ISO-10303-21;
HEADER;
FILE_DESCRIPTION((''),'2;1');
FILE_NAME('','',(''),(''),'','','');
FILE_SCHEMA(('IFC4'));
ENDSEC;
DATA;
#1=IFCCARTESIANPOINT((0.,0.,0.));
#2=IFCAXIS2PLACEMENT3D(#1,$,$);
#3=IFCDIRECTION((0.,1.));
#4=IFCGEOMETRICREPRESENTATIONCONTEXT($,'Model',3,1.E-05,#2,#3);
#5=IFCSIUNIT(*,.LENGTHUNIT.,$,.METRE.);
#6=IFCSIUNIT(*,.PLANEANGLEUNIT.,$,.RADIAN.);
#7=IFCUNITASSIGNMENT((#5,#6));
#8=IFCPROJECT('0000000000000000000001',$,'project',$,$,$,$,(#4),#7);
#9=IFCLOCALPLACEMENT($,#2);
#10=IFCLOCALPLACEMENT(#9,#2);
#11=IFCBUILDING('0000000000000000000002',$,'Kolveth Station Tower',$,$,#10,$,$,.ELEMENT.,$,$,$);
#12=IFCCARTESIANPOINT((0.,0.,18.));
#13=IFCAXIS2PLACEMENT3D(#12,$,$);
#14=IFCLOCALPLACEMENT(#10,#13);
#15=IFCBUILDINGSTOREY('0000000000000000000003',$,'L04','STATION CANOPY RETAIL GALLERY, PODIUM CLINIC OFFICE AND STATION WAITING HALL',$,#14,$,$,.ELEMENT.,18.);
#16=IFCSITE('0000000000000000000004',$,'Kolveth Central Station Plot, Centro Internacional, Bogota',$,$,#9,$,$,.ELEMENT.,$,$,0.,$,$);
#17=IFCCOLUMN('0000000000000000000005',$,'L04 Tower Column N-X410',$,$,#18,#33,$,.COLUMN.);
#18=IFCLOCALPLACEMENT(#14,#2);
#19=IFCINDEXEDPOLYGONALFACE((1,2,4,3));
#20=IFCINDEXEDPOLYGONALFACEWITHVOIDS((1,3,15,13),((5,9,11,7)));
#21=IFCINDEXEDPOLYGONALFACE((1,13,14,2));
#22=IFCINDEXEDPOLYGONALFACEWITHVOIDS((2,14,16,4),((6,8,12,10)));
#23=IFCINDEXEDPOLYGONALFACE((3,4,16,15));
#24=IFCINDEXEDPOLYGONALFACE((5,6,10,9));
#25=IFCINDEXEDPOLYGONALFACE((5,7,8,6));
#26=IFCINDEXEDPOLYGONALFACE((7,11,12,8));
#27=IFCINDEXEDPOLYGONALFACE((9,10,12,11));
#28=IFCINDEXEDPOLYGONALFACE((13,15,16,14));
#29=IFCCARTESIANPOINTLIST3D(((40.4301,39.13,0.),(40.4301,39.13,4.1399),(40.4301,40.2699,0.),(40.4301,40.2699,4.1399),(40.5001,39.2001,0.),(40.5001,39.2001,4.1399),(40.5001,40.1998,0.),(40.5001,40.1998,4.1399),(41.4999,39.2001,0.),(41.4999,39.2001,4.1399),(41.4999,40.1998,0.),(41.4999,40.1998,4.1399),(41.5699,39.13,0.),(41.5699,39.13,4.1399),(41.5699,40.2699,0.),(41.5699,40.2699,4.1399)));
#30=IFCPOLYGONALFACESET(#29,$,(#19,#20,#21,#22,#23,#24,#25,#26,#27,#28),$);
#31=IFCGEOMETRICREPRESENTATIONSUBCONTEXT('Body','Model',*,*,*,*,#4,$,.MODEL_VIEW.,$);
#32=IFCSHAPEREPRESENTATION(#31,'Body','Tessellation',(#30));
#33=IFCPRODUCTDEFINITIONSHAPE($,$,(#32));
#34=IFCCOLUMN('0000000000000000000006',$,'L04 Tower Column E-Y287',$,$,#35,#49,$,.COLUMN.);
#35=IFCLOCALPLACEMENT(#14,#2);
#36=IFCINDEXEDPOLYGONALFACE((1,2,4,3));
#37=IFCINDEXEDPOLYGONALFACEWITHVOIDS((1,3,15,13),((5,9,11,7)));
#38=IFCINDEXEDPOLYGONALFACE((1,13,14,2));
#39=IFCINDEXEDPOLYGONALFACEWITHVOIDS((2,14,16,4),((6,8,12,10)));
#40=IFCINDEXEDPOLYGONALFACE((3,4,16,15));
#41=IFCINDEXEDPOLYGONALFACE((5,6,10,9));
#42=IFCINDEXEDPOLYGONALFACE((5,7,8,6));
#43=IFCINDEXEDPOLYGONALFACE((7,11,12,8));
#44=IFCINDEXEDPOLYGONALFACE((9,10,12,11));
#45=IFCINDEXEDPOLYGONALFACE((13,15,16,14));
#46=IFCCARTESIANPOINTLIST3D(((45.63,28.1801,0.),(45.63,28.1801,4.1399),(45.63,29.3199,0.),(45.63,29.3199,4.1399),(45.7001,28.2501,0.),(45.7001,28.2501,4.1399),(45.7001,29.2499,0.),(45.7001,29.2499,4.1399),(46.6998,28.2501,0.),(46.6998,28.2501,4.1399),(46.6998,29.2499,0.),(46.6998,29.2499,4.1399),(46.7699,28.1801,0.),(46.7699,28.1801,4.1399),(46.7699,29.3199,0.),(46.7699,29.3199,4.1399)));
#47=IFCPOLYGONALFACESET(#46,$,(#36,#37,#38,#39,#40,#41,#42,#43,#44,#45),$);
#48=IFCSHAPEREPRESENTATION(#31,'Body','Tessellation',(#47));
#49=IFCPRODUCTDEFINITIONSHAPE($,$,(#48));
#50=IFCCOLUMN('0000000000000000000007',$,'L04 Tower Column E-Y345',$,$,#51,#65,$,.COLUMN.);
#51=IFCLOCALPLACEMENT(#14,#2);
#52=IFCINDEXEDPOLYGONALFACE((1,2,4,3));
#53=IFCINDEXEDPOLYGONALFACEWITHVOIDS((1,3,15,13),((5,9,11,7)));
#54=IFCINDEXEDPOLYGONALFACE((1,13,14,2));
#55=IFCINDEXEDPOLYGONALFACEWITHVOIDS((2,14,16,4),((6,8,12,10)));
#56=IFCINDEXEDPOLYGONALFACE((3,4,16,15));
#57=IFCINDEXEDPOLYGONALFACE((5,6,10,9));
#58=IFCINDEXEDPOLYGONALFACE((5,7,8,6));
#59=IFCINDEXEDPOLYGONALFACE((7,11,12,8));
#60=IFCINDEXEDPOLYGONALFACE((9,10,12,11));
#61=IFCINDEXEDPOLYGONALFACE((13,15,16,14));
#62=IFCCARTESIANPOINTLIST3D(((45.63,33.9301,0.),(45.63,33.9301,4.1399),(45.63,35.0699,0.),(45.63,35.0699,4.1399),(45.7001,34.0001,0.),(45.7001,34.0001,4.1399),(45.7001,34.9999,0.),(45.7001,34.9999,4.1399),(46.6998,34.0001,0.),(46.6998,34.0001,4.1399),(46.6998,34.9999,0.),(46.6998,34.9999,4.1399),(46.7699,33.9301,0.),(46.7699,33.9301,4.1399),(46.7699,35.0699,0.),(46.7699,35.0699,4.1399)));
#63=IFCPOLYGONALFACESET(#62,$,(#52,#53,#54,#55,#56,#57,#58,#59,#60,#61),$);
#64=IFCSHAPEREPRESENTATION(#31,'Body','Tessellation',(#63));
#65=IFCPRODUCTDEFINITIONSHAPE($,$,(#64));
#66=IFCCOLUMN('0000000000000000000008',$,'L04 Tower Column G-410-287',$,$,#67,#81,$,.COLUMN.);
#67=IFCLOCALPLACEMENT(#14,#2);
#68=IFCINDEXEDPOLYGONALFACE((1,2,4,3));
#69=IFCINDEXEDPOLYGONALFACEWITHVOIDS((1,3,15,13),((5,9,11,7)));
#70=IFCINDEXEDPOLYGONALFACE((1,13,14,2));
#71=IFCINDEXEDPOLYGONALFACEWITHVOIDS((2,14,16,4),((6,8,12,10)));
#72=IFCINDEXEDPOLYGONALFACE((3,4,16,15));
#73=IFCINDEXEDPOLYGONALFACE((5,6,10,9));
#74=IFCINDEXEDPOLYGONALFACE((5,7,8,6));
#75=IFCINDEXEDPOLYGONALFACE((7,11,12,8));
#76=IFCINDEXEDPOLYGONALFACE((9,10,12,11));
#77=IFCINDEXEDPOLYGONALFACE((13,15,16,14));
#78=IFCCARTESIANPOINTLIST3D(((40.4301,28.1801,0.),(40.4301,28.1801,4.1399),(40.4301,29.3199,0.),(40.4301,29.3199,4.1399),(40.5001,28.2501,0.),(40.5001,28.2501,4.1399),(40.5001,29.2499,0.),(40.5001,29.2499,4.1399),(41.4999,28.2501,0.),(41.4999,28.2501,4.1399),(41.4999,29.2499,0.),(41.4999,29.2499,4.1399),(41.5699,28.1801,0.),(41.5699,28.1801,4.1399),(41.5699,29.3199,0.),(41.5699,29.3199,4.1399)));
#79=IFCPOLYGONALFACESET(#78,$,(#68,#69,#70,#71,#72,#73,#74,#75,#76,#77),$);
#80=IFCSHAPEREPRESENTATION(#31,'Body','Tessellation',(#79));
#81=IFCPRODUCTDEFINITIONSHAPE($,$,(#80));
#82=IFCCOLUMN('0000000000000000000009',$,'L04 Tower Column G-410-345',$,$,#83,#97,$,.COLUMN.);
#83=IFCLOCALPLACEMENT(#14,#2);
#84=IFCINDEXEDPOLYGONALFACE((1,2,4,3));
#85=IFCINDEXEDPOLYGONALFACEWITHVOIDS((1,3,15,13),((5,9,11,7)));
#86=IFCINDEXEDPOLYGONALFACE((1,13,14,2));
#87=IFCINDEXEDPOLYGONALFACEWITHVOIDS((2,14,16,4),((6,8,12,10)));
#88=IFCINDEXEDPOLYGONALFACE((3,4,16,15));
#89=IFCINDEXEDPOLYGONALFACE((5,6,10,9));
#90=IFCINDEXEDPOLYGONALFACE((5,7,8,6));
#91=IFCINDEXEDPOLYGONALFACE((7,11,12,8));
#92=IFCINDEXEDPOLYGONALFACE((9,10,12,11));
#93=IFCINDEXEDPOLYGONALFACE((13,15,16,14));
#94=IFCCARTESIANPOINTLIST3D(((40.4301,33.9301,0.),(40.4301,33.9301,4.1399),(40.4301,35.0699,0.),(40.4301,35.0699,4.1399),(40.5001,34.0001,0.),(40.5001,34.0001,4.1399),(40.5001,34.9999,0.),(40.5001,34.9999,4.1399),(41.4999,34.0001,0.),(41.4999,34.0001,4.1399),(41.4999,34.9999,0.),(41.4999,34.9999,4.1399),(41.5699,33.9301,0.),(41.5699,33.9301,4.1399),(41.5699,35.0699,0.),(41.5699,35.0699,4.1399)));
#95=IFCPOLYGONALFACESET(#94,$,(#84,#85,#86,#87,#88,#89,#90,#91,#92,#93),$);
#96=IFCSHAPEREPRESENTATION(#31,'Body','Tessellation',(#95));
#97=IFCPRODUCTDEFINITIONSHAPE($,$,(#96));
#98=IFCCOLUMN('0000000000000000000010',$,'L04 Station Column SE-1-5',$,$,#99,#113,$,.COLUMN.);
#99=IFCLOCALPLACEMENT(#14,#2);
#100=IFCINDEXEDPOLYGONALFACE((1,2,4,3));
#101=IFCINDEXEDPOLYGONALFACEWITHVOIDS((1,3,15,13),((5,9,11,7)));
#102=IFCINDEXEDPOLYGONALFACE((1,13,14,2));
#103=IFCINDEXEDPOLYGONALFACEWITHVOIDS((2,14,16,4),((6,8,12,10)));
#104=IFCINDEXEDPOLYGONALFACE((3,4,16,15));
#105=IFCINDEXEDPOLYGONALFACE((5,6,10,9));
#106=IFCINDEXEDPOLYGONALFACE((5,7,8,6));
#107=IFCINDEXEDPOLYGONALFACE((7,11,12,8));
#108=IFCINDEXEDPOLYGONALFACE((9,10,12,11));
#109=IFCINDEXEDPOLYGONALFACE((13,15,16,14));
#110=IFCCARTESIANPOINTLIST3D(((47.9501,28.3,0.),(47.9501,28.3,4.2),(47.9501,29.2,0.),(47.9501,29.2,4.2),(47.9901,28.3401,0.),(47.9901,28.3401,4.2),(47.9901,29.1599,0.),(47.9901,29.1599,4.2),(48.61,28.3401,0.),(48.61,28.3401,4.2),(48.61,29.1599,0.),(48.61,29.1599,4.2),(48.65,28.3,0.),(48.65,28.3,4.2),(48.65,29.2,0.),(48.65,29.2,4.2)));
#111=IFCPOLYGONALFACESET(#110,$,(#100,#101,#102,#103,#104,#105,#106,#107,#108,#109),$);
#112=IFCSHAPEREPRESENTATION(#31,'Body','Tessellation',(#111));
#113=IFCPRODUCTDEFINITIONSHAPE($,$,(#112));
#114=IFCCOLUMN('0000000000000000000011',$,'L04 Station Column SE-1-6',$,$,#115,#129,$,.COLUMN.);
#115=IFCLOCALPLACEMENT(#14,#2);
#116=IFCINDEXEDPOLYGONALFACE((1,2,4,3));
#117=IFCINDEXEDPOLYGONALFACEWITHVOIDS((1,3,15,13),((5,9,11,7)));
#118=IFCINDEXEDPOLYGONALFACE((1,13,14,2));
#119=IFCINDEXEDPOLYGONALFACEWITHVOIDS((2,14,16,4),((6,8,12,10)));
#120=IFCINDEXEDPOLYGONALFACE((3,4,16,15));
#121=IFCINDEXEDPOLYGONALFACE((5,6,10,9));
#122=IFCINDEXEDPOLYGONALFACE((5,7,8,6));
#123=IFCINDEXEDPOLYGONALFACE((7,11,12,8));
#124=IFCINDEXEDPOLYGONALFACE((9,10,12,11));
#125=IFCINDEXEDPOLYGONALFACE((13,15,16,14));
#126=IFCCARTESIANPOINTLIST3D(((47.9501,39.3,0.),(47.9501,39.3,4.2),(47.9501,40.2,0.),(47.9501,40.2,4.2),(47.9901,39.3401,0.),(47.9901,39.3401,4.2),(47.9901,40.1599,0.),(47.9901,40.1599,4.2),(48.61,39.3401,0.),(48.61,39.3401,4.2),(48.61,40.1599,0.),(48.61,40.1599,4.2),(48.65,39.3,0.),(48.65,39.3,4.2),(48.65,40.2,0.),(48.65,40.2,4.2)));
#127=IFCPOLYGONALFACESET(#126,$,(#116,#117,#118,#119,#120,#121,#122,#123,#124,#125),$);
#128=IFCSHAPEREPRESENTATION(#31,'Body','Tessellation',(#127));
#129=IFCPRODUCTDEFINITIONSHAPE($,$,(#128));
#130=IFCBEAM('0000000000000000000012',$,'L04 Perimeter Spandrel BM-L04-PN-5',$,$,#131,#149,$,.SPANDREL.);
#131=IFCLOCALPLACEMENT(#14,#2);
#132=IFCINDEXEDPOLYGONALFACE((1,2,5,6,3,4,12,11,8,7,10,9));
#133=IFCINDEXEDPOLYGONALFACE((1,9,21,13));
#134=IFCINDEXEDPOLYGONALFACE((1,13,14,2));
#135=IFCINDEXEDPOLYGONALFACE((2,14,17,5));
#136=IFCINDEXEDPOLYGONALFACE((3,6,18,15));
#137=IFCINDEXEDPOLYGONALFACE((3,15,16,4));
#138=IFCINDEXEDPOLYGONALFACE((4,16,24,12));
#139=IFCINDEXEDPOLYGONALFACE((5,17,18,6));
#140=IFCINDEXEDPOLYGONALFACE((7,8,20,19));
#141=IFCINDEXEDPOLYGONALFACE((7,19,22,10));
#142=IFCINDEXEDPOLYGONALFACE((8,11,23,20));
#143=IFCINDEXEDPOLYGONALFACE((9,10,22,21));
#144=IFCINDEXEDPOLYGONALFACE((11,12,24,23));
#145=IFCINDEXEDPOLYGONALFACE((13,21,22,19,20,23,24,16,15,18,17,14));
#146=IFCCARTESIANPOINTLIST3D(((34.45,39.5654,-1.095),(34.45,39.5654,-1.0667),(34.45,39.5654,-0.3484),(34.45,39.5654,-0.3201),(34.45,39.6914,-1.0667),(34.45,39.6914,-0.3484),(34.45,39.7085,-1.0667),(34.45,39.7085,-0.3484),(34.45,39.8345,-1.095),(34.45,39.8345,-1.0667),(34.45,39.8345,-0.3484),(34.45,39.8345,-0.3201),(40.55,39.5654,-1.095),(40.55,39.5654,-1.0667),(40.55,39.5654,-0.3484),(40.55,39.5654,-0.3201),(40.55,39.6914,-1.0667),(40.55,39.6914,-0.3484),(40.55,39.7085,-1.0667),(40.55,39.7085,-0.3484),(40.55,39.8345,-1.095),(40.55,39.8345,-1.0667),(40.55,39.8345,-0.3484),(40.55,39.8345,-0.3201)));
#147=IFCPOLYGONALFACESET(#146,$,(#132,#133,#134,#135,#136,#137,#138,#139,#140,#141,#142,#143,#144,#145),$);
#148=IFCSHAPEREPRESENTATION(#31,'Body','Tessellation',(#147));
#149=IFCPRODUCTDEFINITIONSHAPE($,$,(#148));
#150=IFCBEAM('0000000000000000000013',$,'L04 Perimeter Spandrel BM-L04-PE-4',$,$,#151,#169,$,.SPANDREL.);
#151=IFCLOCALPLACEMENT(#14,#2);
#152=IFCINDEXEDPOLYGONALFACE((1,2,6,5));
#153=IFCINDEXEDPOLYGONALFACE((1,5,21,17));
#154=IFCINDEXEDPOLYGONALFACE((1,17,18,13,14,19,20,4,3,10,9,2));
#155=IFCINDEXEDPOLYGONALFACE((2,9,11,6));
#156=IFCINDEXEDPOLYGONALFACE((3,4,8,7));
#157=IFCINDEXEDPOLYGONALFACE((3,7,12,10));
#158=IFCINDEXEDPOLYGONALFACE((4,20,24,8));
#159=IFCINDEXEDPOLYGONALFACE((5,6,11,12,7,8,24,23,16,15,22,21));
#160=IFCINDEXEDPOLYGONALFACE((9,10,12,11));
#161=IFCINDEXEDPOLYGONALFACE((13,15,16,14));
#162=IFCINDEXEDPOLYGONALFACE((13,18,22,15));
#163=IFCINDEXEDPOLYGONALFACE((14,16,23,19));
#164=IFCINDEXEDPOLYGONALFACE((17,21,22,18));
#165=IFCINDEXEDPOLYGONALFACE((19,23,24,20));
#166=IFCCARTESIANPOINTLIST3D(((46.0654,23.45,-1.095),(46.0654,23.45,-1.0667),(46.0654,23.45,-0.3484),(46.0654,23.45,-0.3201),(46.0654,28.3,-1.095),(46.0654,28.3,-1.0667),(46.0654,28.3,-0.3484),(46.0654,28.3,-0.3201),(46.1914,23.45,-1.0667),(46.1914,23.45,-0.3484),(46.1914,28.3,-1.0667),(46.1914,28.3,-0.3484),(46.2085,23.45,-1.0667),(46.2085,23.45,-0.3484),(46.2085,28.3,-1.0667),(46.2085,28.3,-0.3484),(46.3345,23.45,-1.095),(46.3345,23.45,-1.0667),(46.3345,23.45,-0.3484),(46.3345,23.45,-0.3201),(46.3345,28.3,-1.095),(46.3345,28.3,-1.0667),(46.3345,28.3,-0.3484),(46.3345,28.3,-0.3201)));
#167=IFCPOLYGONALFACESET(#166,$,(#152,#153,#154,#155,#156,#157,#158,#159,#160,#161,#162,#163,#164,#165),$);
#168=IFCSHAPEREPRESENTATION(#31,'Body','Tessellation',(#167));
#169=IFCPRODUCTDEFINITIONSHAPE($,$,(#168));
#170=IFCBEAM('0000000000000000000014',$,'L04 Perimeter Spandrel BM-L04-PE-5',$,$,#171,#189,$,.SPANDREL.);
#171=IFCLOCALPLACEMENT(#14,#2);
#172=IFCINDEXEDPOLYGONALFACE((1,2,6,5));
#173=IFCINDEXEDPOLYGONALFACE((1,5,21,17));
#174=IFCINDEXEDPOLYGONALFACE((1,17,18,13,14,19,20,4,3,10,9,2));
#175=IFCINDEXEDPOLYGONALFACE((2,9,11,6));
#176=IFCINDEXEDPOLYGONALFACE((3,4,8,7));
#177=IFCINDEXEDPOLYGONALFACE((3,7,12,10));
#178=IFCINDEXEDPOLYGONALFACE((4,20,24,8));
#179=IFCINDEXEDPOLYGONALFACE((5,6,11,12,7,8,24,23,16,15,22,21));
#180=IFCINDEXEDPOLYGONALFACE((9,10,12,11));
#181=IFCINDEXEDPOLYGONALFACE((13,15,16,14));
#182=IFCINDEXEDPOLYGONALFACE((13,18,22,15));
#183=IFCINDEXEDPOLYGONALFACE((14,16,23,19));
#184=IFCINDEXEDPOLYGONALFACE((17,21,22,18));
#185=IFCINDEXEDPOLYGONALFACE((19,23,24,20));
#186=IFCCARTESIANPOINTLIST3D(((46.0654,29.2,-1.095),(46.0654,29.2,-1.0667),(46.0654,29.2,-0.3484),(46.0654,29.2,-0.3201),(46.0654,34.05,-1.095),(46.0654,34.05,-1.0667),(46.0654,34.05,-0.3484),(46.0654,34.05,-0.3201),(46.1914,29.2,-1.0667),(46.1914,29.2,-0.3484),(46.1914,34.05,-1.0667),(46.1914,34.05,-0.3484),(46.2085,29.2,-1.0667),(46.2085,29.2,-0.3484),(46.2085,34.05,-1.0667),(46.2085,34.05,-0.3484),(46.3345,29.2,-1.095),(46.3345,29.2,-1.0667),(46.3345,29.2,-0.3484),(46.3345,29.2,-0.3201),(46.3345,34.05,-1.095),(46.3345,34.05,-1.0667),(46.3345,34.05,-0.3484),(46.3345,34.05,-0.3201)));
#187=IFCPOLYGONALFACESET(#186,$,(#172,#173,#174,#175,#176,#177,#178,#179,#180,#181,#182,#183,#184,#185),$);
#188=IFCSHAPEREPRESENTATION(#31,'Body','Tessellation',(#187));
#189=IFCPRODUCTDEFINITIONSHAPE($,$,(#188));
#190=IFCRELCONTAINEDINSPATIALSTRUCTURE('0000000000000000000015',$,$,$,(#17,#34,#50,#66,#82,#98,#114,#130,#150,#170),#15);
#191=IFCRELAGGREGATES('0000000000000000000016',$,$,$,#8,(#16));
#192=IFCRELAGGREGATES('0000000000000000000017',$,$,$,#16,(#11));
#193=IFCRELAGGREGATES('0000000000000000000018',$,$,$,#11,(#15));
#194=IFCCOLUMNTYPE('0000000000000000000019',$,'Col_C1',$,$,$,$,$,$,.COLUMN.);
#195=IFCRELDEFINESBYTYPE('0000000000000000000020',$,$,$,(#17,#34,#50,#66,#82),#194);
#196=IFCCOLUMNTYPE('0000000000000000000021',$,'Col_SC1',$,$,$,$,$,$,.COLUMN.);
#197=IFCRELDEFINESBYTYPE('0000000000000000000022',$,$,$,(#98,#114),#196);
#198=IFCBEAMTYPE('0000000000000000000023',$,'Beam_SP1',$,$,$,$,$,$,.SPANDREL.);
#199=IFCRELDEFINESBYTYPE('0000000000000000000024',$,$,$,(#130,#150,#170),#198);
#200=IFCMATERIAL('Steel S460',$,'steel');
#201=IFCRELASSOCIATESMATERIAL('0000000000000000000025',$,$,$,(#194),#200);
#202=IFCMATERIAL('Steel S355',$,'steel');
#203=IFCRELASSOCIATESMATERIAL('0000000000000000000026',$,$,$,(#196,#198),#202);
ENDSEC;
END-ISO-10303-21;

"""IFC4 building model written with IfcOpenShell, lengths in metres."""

from ifc_helpers import new_model, si_unit, direction, frame, origin, origin_2d, place, context, subcontext, project, spatial, hollow_rectangle, i_section, extrude, source, transform, mapped, material, material_profile, profile_set, type_object, element, save


model = new_model("IFC4")

# Units and contexts
model_context = context("Model", 3, precision=1e-05, world=origin(), true_north=direction((0.0, 1.0)))
body_context = subcontext(model_context, "Body", "Model", "MODEL_VIEW")
ifc_project = project(units=[si_unit("LENGTHUNIT", "METRE"), si_unit("PLANEANGLEUNIT", "RADIAN")], contexts=[model_context])

# Site, building, storey
site_placement = place(None, origin())
site = spatial("IfcSite", under=ifc_project, at=site_placement, Name="Kolveth Central Station Plot, Centro Internacional, Bogota", CompositionType="ELEMENT", RefElevation=0.0)
building_placement = place(site_placement, origin())
building = spatial("IfcBuilding", under=site, at=building_placement, Name="Kolveth Station Tower", CompositionType="ELEMENT")
storey_placement = place(building_placement, frame((0.0, 0.0, 18.0)))
storey = spatial("IfcBuildingStorey", under=building, at=storey_placement, Name="L04", Description="STATION CANOPY RETAIL GALLERY, PODIUM CLINIC OFFICE AND STATION WAITING HALL", CompositionType="ELEMENT", Elevation=18.0)

# Columns
ifc_material_1 = material(Name="Steel S460", Category="steel")
ifc_material_profile_1 = material_profile(ifc_material_1, hollow_rectangle(XDim=1.1399, YDim=1.1399, WallThickness=0.0701, at=origin_2d()), Name="BOX1140x1140x70")
ifc_profile_set_1 = profile_set([ifc_material_profile_1], Name="Steel S460")
column_type_1 = type_object("IfcColumnType", Name="Col_C1", PredefinedType="COLUMN", material=ifc_profile_set_1)
shared_shape_1 = source(origin(), body_context, "Body", "SweptSolid", [
    extrude(hollow_rectangle(XDim=1.1399, YDim=1.1399, WallThickness=0.0701, at=origin_2d()), origin(), (0.0, 0.0, 1.0), 4.1399),
])
for number, where, z_axis, x_axis, name in (
    (1, (41.0, 39.7, 0.0), (0.0, 0.0, 1.0), (1.0, 0.0, 0.0), "L04 Tower Column N-X410"),
    (2, (46.2, 28.75, 0.0), (0.0, 0.0, 1.0), (1.0, 0.0, 0.0), "L04 Tower Column E-Y287"),
    (3, (46.2, 34.5, 0.0), (0.0, 0.0, 1.0), (1.0, 0.0, 0.0), "L04 Tower Column E-Y345"),
    (4, (41.0, 28.75, 0.0), (0.0, 0.0, 1.0), (1.0, 0.0, 0.0), "L04 Tower Column G-410-287"),
    (5, (41.0, 34.5, 0.0), (0.0, 0.0, 1.0), (1.0, 0.0, 0.0), "L04 Tower Column G-410-345"),
):
    element("IfcColumn", number, at=place(storey_placement, frame(where, z_axis=z_axis, x_axis=x_axis)), inside=storey, type_object=column_type_1, Name=name, PredefinedType="COLUMN", context=body_context, shape_type="MappedRepresentation", body=[
        mapped(shared_shape_1, transform((0.0, 0.0, 0.0), x_axis=(1.0, 0.0, 0.0), y_axis=(0.0, 1.0, 0.0), z_axis=(0.0, 0.0, 1.0), scale=1.0)),
    ])
ifc_material_2 = material(Name="Steel S355", Category="steel")
ifc_material_profile_2 = material_profile(ifc_material_2, hollow_rectangle(XDim=0.7, YDim=0.8999, WallThickness=0.04, at=origin_2d()), Name="BOX900x700x40")
ifc_profile_set_2 = profile_set([ifc_material_profile_2], Name="Steel S355")
column_type_2 = type_object("IfcColumnType", Name="Col_SC1", PredefinedType="COLUMN", material=ifc_profile_set_2)
shared_shape_2 = source(origin(), body_context, "Body", "SweptSolid", [
    extrude(hollow_rectangle(XDim=0.7, YDim=0.8999, WallThickness=0.04, at=origin_2d()), origin(), (0.0, 0.0, 1.0), 4.2),
])
for number, where, z_axis, x_axis, name in (
    (6, (48.3, 28.75, 0.0), (0.0, 0.0, 1.0), (1.0, 0.0, 0.0), "L04 Station Column SE-1-5"),
    (7, (48.3, 39.75, 0.0), (0.0, 0.0, 1.0), (1.0, 0.0, 0.0), "L04 Station Column SE-1-6"),
):
    element("IfcColumn", number, at=place(storey_placement, frame(where, z_axis=z_axis, x_axis=x_axis)), inside=storey, type_object=column_type_2, Name=name, PredefinedType="COLUMN", context=body_context, shape_type="MappedRepresentation", body=[
        mapped(shared_shape_2, transform((0.0, 0.0, 0.0), x_axis=(1.0, 0.0, 0.0), y_axis=(0.0, 1.0, 0.0), z_axis=(0.0, 0.0, 1.0), scale=1.0)),
    ])

# Beams
ifc_material_profile_3 = material_profile(ifc_material_2, i_section(OverallWidth=0.269, OverallDepth=0.7749, WebThickness=0.0171, FlangeThickness=0.0283, at=origin_2d()), Name="W760x220")
ifc_profile_set_3 = profile_set([ifc_material_profile_3], Name="Steel S355")
beam_type_1 = type_object("IfcBeamType", Name="Beam_SP1", PredefinedType="SPANDREL", material=ifc_profile_set_3)
shared_shape_3 = source(origin(), body_context, "Body", "SweptSolid", [
    extrude(i_section(OverallWidth=0.269, OverallDepth=0.7749, WebThickness=0.0171, FlangeThickness=0.0283, at=origin_2d()), origin(), (0.0, 0.0, 1.0), 6.1001),
])
beam_1_placement = place(storey_placement, frame((34.45, 39.7, -0.7075), z_axis=(1.0, 0.0, 0.0), x_axis=(0.0, 1.0, 0.0)))
element("IfcBeam", 8, at=beam_1_placement, inside=storey, type_object=beam_type_1, Name="L04 Perimeter Spandrel BM-L04-PN-5", PredefinedType="SPANDREL", context=body_context, shape_type="MappedRepresentation", body=[
    mapped(shared_shape_3, transform((0.0, 0.0, 0.0), x_axis=(1.0, 0.0, 0.0), y_axis=(0.0, 1.0, 0.0), z_axis=(0.0, 0.0, 1.0), scale=1.0)),
])
shared_shape_4 = source(origin(), body_context, "Body", "SweptSolid", [
    extrude(i_section(OverallWidth=0.269, OverallDepth=0.7749, WebThickness=0.0171, FlangeThickness=0.0283, at=origin_2d()), origin(), (0.0, 0.0, 1.0), 4.8501),
])
for number, where, z_axis, x_axis, name in (
    (9, (46.2, 23.45, -0.7075), (0.0, 1.0, 0.0), (-1.0, 0.0, 0.0), "L04 Perimeter Spandrel BM-L04-PE-4"),
    (10, (46.2, 29.2, -0.7075), (0.0, 1.0, 0.0), (-1.0, 0.0, 0.0), "L04 Perimeter Spandrel BM-L04-PE-5"),
):
    element("IfcBeam", number, at=place(storey_placement, frame(where, z_axis=z_axis, x_axis=x_axis)), inside=storey, type_object=beam_type_1, Name=name, PredefinedType="SPANDREL", context=body_context, shape_type="MappedRepresentation", body=[
        mapped(shared_shape_4, transform((0.0, 0.0, 0.0), x_axis=(1.0, 0.0, 0.0), y_axis=(0.0, 1.0, 0.0), z_axis=(0.0, 0.0, 1.0), scale=1.0)),
    ])

save(model, "model.ifc")
